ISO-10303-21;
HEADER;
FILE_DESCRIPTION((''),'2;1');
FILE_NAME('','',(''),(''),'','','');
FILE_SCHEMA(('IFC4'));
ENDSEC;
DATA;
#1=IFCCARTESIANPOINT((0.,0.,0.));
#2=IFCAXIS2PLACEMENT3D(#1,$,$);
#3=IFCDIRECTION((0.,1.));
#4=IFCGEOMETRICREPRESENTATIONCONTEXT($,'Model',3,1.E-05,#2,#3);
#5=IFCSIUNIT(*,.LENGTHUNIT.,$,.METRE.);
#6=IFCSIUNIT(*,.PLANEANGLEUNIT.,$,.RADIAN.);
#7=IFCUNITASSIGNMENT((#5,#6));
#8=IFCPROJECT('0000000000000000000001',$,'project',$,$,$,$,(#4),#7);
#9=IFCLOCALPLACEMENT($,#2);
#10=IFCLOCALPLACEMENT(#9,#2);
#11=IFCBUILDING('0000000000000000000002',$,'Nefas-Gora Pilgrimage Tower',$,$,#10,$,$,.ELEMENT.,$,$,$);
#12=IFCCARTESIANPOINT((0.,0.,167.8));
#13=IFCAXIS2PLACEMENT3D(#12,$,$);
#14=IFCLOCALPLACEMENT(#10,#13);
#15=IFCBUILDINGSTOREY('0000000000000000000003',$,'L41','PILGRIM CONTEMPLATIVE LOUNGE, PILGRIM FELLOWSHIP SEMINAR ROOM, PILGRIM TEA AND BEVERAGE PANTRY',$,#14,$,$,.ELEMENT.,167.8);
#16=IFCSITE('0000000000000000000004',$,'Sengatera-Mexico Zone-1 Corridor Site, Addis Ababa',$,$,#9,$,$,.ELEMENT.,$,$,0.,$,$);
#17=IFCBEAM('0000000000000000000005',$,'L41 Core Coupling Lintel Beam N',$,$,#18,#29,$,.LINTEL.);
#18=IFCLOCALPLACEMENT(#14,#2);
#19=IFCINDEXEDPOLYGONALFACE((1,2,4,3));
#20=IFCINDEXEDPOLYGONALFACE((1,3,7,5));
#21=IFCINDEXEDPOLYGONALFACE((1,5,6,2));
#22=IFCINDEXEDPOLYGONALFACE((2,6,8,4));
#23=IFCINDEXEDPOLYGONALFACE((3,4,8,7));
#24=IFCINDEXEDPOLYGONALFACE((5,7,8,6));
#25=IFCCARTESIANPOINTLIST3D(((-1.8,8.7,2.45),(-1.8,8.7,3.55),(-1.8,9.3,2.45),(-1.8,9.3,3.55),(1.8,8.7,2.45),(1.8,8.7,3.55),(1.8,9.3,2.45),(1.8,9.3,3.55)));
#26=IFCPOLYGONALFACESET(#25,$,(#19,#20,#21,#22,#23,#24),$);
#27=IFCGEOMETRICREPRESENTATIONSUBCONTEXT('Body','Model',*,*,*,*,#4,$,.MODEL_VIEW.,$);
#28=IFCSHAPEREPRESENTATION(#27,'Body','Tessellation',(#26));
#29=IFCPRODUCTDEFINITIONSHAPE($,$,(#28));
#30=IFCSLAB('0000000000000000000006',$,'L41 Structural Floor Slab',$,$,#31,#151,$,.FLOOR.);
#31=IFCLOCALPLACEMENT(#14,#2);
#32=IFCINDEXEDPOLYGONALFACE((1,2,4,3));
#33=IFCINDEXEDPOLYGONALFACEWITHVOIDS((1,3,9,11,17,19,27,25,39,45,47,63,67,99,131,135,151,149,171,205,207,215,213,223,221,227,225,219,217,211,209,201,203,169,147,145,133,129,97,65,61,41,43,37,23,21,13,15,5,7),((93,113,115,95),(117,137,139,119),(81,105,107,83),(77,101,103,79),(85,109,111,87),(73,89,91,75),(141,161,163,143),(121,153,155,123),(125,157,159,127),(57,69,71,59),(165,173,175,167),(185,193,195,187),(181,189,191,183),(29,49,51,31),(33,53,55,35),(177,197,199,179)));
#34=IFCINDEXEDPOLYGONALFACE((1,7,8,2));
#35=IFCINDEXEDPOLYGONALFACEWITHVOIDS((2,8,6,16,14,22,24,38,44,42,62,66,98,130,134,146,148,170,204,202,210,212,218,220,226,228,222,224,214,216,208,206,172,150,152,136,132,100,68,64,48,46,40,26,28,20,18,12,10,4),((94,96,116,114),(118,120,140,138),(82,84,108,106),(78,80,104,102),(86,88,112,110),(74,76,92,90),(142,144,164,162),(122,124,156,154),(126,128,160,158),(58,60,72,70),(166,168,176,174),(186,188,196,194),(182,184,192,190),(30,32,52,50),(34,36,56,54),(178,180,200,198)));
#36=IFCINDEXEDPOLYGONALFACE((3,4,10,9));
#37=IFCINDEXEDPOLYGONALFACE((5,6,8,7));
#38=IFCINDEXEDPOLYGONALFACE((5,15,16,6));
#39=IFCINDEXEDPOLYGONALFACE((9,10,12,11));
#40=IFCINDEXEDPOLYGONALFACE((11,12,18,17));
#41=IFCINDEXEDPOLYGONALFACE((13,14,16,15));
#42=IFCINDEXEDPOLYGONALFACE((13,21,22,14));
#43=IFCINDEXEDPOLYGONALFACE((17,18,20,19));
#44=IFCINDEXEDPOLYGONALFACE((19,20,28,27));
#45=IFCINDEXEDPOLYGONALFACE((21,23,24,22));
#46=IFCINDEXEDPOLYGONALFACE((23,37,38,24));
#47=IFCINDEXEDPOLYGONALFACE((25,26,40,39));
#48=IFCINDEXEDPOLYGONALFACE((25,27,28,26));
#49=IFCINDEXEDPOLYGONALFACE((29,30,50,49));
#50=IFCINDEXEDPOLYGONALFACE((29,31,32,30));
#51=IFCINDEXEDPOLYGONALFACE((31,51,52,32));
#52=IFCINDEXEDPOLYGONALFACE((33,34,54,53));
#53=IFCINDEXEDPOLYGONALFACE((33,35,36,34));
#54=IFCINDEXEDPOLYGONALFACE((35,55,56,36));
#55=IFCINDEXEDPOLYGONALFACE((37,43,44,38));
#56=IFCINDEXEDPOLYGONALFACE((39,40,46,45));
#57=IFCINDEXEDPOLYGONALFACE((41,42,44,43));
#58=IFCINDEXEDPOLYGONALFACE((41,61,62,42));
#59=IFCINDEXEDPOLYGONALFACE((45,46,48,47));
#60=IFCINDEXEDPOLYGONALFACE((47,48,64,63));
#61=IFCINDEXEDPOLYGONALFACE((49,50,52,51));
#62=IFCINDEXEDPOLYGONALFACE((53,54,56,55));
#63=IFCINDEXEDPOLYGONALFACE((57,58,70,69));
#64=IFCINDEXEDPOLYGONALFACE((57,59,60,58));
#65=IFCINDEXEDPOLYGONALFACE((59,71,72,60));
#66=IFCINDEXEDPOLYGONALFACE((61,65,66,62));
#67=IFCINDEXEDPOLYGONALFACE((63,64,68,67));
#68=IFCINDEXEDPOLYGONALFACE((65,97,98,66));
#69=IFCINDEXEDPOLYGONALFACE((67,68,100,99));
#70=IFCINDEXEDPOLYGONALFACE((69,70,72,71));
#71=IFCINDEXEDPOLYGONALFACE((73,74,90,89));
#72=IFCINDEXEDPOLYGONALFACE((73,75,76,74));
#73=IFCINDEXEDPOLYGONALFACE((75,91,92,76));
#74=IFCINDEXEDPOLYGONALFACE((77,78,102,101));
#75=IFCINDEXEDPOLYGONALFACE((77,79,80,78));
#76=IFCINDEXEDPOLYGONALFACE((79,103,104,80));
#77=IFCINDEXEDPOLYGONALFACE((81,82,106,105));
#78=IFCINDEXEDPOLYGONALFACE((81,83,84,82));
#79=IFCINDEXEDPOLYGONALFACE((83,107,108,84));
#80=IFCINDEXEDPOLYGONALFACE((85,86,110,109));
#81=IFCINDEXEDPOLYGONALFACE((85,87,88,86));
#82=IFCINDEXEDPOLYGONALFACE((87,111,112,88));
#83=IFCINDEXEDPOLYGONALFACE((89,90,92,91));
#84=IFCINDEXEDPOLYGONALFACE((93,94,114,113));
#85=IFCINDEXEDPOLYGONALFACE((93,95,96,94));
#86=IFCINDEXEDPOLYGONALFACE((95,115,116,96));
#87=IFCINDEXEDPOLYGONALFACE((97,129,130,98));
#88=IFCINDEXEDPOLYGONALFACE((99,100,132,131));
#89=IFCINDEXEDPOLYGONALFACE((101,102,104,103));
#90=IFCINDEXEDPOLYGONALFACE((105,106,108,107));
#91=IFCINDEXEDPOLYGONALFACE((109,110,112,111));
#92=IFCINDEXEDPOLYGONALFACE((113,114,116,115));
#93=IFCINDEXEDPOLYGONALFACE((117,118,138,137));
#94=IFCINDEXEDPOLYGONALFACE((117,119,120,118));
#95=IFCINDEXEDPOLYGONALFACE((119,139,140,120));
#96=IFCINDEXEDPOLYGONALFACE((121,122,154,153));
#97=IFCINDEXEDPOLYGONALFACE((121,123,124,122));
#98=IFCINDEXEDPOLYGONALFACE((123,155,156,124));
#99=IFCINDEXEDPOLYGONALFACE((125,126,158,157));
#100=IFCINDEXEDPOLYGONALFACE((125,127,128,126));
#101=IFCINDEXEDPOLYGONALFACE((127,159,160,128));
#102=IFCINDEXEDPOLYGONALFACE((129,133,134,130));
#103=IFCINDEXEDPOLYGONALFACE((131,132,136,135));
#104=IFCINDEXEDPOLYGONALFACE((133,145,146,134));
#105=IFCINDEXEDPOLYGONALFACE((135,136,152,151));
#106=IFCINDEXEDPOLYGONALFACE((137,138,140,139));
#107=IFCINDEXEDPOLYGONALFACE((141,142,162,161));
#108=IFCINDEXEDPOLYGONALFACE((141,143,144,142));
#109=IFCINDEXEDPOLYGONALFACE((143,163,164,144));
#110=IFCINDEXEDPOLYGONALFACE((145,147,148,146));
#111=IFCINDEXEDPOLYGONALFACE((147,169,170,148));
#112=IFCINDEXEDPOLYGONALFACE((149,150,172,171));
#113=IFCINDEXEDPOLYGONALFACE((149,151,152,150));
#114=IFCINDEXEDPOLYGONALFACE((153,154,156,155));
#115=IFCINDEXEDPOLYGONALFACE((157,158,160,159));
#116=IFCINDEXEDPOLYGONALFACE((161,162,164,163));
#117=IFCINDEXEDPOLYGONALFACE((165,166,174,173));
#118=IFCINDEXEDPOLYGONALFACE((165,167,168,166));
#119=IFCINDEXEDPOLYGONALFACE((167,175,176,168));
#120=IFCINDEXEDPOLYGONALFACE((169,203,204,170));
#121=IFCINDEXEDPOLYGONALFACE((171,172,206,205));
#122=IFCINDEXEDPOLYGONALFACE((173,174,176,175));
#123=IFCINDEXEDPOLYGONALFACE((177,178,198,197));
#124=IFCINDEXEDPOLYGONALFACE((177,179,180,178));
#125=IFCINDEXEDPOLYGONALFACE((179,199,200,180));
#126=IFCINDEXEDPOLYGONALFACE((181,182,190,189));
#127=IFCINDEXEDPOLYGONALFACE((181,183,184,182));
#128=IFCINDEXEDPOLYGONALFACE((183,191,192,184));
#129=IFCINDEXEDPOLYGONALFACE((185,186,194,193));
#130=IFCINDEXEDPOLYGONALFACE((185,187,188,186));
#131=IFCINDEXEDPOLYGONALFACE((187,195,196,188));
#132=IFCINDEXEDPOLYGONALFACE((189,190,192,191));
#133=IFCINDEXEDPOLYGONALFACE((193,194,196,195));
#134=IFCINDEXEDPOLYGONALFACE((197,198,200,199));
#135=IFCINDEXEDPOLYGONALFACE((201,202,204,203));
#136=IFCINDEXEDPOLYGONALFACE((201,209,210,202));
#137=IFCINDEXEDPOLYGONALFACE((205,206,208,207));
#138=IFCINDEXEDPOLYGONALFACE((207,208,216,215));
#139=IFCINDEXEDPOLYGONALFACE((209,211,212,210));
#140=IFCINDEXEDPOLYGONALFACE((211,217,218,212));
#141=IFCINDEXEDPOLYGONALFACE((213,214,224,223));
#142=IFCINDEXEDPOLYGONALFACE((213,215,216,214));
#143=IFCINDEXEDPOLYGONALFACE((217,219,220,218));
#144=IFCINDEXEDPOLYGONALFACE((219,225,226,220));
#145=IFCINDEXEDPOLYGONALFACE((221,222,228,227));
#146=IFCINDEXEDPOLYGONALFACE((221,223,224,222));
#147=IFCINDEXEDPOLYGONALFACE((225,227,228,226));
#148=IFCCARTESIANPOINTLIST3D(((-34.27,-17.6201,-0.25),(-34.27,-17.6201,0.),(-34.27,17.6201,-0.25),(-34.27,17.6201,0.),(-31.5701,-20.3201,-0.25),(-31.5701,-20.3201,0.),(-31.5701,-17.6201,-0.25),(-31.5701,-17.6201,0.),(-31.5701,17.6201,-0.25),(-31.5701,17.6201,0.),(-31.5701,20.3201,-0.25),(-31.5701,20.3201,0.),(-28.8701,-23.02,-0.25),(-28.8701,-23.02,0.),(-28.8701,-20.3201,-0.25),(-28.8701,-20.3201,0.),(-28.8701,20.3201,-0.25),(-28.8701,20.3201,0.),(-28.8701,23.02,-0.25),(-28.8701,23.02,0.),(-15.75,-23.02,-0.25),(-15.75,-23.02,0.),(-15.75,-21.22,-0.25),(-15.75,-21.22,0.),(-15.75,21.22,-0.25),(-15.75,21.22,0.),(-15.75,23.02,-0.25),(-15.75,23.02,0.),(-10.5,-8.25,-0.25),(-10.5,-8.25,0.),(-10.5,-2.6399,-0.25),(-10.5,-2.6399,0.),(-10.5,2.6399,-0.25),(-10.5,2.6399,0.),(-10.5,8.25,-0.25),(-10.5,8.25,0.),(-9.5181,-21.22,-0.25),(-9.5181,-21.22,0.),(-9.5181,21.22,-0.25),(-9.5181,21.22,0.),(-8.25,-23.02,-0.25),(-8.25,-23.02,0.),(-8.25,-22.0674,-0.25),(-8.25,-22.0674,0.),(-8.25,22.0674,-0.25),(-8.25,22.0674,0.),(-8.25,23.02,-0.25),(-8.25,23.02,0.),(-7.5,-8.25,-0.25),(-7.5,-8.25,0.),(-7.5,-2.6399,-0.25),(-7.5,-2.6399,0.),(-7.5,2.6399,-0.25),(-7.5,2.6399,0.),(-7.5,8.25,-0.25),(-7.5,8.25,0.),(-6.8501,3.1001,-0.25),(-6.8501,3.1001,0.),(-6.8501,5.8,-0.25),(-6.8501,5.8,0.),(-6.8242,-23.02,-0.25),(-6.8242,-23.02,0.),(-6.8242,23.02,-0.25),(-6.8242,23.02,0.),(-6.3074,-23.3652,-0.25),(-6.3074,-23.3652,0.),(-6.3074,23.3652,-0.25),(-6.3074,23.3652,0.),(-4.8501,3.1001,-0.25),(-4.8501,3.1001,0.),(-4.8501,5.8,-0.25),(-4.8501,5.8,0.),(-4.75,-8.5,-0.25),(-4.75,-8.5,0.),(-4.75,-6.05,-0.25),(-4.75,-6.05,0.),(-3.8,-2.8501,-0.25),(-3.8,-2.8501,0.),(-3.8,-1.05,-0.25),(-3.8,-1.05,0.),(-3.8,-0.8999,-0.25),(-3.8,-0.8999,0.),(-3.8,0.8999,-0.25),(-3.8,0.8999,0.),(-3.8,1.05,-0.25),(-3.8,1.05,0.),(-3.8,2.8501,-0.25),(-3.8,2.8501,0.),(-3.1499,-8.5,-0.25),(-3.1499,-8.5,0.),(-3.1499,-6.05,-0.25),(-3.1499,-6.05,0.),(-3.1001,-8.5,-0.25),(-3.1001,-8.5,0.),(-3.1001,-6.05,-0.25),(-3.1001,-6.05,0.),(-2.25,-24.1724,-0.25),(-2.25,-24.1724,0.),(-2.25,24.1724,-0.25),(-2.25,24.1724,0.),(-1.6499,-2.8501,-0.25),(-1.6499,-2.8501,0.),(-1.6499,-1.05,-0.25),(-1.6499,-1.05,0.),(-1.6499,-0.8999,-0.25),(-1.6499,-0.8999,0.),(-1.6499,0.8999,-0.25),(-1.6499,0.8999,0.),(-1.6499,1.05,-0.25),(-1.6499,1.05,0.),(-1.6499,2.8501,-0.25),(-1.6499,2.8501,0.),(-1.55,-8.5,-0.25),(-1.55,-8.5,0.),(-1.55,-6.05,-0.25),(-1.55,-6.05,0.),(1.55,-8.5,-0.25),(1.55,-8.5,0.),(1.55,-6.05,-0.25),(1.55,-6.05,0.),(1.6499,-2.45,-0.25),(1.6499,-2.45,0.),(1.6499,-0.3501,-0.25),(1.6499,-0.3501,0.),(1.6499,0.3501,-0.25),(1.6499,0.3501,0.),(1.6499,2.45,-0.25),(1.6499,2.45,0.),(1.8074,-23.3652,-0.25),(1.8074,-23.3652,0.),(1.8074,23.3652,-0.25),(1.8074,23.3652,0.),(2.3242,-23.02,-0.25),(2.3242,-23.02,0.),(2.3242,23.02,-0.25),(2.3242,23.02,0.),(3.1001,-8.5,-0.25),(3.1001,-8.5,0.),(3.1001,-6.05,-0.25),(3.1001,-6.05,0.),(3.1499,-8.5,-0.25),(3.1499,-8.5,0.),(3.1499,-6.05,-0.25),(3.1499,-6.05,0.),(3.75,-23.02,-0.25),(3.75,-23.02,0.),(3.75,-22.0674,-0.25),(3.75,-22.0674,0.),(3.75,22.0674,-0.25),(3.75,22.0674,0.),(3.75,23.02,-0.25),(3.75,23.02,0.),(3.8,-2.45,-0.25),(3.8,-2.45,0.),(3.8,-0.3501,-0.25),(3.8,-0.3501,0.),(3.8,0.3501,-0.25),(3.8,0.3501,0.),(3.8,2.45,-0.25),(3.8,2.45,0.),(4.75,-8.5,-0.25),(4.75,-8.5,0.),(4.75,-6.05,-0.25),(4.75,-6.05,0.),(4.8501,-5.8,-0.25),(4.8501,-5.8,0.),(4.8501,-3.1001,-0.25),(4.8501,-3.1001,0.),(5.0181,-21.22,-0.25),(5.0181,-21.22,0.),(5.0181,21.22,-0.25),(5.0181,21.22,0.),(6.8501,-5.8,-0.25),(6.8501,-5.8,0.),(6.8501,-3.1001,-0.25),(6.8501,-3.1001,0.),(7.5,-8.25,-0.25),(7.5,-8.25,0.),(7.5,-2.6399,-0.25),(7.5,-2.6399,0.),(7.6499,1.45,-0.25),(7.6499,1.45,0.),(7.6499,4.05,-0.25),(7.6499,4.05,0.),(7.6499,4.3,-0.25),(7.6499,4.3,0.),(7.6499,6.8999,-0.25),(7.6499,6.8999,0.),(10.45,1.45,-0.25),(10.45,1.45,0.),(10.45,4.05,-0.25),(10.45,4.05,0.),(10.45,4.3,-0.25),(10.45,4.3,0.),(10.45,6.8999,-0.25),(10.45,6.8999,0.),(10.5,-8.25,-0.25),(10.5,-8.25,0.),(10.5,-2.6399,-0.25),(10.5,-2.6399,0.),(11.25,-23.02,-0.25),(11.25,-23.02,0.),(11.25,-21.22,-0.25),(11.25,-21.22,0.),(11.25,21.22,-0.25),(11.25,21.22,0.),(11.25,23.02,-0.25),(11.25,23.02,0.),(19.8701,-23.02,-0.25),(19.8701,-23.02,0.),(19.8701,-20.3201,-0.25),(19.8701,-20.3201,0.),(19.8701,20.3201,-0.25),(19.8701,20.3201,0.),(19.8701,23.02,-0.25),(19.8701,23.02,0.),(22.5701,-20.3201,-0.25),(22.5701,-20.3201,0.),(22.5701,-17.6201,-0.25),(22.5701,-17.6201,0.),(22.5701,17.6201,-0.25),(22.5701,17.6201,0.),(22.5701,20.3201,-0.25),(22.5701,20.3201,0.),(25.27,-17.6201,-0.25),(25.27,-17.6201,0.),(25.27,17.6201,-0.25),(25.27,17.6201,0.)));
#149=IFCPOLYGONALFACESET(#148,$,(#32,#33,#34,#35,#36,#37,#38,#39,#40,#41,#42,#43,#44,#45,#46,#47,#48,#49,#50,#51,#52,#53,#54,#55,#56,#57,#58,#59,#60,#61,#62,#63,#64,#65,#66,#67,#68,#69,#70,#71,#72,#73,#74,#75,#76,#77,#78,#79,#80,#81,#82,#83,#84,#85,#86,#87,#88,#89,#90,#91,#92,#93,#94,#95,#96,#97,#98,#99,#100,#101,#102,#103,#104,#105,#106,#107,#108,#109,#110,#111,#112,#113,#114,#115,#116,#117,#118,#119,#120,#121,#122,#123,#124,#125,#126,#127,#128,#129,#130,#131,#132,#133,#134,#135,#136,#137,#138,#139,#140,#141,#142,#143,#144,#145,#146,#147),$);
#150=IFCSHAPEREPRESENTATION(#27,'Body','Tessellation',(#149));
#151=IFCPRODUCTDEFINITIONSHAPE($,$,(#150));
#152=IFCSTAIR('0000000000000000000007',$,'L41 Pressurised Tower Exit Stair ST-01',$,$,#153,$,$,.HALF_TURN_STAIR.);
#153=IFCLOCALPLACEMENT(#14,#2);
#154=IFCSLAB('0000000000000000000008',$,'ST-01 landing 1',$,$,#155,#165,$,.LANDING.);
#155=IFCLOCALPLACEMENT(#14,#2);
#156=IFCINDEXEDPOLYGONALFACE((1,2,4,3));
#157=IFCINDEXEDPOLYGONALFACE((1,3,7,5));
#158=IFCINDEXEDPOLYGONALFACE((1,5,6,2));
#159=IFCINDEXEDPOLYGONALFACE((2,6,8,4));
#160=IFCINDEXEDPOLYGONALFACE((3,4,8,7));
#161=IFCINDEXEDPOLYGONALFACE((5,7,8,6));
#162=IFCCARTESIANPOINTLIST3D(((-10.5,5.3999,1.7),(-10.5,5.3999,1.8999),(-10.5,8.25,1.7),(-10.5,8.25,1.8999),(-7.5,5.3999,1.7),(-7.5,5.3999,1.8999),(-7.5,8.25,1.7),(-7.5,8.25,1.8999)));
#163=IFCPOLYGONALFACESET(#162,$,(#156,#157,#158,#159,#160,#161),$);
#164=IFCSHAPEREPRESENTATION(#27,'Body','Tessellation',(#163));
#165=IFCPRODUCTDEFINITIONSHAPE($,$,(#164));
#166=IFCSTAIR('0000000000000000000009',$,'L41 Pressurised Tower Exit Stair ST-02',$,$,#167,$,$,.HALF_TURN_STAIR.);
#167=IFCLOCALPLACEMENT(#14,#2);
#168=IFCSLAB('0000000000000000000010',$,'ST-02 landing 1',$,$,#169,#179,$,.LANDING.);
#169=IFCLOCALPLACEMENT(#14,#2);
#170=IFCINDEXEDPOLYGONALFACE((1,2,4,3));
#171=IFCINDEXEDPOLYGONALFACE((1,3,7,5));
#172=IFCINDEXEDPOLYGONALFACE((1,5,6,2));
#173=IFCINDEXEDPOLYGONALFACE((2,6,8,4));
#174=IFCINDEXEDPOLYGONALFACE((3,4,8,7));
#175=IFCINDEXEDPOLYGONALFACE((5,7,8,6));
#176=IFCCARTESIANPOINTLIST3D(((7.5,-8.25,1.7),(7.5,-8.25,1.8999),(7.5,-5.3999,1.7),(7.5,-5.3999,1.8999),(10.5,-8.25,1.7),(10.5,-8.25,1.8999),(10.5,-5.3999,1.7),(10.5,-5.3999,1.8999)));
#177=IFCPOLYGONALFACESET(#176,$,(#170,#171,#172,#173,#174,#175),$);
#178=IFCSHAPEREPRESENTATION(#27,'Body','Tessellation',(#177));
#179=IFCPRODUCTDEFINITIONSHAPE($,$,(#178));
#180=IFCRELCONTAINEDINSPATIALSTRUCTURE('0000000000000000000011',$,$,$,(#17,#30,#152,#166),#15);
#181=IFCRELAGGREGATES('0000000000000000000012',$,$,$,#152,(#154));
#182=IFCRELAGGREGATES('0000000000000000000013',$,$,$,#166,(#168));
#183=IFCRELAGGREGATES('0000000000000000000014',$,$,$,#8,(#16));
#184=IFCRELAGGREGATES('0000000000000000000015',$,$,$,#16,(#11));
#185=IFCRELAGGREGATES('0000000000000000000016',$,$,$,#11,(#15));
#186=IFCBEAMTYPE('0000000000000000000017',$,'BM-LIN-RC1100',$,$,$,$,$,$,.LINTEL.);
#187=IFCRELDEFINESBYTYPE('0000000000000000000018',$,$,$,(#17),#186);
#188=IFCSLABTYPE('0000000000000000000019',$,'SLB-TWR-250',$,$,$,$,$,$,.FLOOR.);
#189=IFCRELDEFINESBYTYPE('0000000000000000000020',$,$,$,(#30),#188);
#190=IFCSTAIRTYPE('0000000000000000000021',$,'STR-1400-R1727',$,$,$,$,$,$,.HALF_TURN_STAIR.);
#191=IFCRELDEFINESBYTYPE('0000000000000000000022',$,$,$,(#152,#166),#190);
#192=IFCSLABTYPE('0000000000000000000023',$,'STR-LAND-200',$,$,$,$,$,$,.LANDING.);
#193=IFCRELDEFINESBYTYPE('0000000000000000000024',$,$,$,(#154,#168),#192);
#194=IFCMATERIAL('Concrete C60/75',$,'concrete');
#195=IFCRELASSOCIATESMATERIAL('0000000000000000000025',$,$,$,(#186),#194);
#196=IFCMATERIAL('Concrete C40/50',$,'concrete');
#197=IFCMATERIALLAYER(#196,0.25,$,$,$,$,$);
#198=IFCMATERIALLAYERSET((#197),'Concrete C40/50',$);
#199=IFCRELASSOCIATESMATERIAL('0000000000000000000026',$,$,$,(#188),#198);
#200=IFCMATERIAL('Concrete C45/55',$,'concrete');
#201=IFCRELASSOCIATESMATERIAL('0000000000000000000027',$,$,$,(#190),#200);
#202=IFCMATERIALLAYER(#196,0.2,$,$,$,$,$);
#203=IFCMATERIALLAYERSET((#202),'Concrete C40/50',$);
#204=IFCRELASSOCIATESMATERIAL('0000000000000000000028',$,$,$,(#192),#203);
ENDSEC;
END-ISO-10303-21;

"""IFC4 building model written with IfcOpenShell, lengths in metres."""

from ifc_helpers import new_model, si_unit, direction, frame, origin, origin_2d, place, context, subcontext, project, spatial, polyline, rectangle, outline, extrude, source, transform, mapped, material, layer, layer_set, material_profile, profile_set, type_object, element, aggregate, save


model = new_model("IFC4")

# Units and contexts
model_context = context("Model", 3, precision=1e-05, world=origin(), true_north=direction((0.0, 1.0)))
body_context = subcontext(model_context, "Body", "Model", "MODEL_VIEW")
ifc_project = project(units=[si_unit("LENGTHUNIT", "METRE"), si_unit("PLANEANGLEUNIT", "RADIAN")], contexts=[model_context])

# Site, building, storey
site_placement = place(None, origin())
site = spatial("IfcSite", under=ifc_project, at=site_placement, Name="Sengatera-Mexico Zone-1 Corridor Site, Addis Ababa", CompositionType="ELEMENT", RefElevation=0.0)
building_placement = place(site_placement, origin())
building = spatial("IfcBuilding", under=site, at=building_placement, Name="Nefas-Gora Pilgrimage Tower", CompositionType="ELEMENT")
storey_placement = place(building_placement, frame((0.0, 0.0, 167.8)))
storey = spatial("IfcBuildingStorey", under=building, at=storey_placement, Name="L41", Description="PILGRIM CONTEMPLATIVE LOUNGE, PILGRIM FELLOWSHIP SEMINAR ROOM, PILGRIM TEA AND BEVERAGE PANTRY", CompositionType="ELEMENT", Elevation=167.8)

# Beam
ifc_material_1 = material(Name="Concrete C60/75", Category="concrete")
ifc_material_profile = material_profile(ifc_material_1, rectangle(XDim=0.6001, YDim=1.1001, at=origin_2d()), Name="RC 600x1100")
ifc_profile_set = profile_set([ifc_material_profile], Name="Concrete C60/75")
beam_type = type_object("IfcBeamType", Name="BM-LIN-RC1100", PredefinedType="LINTEL", material=ifc_profile_set)
shared_shape_1 = source(origin(), body_context, "Body", "SweptSolid", [
    extrude(rectangle(XDim=0.6001, YDim=1.1001, at=origin_2d()), origin(), (0.0, 0.0, 1.0), 3.6001),
])
beam_placement = place(storey_placement, frame((-1.8, 9.0, 3.0), z_axis=(1.0, 0.0, 0.0), x_axis=(0.0, 1.0, 0.0)))
element("IfcBeam", 1, at=beam_placement, inside=storey, type_object=beam_type, Name="L41 Core Coupling Lintel Beam N", PredefinedType="LINTEL", context=body_context, shape_type="MappedRepresentation", body=[
    mapped(shared_shape_1, transform((0.0, 0.0, 0.0), x_axis=(1.0, 0.0, 0.0), y_axis=(0.0, 1.0, 0.0), z_axis=(0.0, 0.0, 1.0), scale=1.0)),
])

# Slab
ifc_material_2 = material(Name="Concrete C40/50", Category="concrete")
ifc_layer_1 = layer(ifc_material_2, 0.25)
ifc_layer_set_1 = layer_set([ifc_layer_1], Name="Concrete C40/50")
slab_type_1 = type_object("IfcSlabType", Name="SLB-TWR-250", PredefinedType="FLOOR", material=ifc_layer_set_1)
slab_1_placement = place(storey_placement, frame((0.0, 0.0, -0.25)))
element("IfcSlab", 2, at=slab_1_placement, inside=storey, type_object=slab_type_1, Name="L41 Structural Floor Slab", PredefinedType="FLOOR", context=body_context, shape_type="SweptSolid", body=[
    extrude(outline(polyline([(5.0181, -21.22), (11.25, -21.22), (11.25, -23.02), (19.8701, -23.02), (19.8701, -20.3201), (22.5701, -20.3201), (22.5701, -17.6201), (25.27, -17.6201), (25.27, 17.6201), (22.5701, 17.6201), (22.5701, 20.3201), (19.8701, 20.3201), (19.8701, 23.02), (11.25, 23.02), (11.25, 21.22), (5.0181, 21.22), (3.75, 22.0674), (3.75, 23.02), (2.3242, 23.02), (1.8074, 23.3652), (-2.25, 24.1724), (-6.3074, 23.3652), (-6.8242, 23.02), (-8.25, 23.02), (-8.25, 22.0674), (-9.5181, 21.22), (-15.75, 21.22), (-15.75, 23.02), (-28.8701, 23.02), (-28.8701, 20.3201), (-31.5701, 20.3201), (-31.5701, 17.6201), (-34.27, 17.6201), (-34.27, -17.6201), (-31.5701, -17.6201), (-31.5701, -20.3201), (-28.8701, -20.3201), (-28.8701, -23.02), (-15.75, -23.02), (-15.75, -21.22), (-9.5181, -21.22), (-8.25, -22.0674), (-8.25, -23.02), (-6.8242, -23.02), (-6.3074, -23.3652), (-2.25, -24.1724), (1.8074, -23.3652), (2.3242, -23.02), (3.75, -23.02), (3.75, -22.0674), (5.0181, -21.22)]), holes=[polyline([(-10.5, 2.6399), (-10.5, 8.25), (-7.5, 8.25), (-7.5, 2.6399), (-10.5, 2.6399)]), polyline([(10.5, -2.6399), (10.5, -8.25), (7.5, -8.25), (7.5, -2.6399), (10.5, -2.6399)]), polyline([(-7.5, -2.6399), (-7.5, -8.25), (-10.5, -8.25), (-10.5, -2.6399), (-7.5, -2.6399)]), polyline([(-6.8501, 5.8), (-4.8501, 5.8), (-4.8501, 3.1001), (-6.8501, 3.1001), (-6.8501, 5.8)]), polyline([(4.8501, -3.1001), (6.8501, -3.1001), (6.8501, -5.8), (4.8501, -5.8), (4.8501, -3.1001)]), polyline([(7.6499, 4.05), (10.45, 4.05), (10.45, 1.45), (7.6499, 1.45), (7.6499, 4.05)]), polyline([(7.6499, 6.8999), (10.45, 6.8999), (10.45, 4.3), (7.6499, 4.3), (7.6499, 6.8999)]), polyline([(-4.75, -6.05), (-3.1499, -6.05), (-3.1499, -8.5), (-4.75, -8.5), (-4.75, -6.05)]), polyline([(-3.1001, -6.05), (-1.55, -6.05), (-1.55, -8.5), (-3.1001, -8.5), (-3.1001, -6.05)]), polyline([(1.55, -6.05), (3.1001, -6.05), (3.1001, -8.5), (1.55, -8.5), (1.55, -6.05)]), polyline([(3.1499, -6.05), (4.75, -6.05), (4.75, -8.5), (3.1499, -8.5), (3.1499, -6.05)]), polyline([(-3.8, -1.05), (-1.6499, -1.05), (-1.6499, -2.8501), (-3.8, -2.8501), (-3.8, -1.05)]), polyline([(-3.8, 0.8999), (-1.6499, 0.8999), (-1.6499, -0.8999), (-3.8, -0.8999), (-3.8, 0.8999)]), polyline([(-3.8, 2.8501), (-1.6499, 2.8501), (-1.6499, 1.05), (-3.8, 1.05), (-3.8, 2.8501)]), polyline([(1.6499, -0.3501), (3.8, -0.3501), (3.8, -2.45), (1.6499, -2.45), (1.6499, -0.3501)]), polyline([(1.6499, 2.45), (3.8, 2.45), (3.8, 0.3501), (1.6499, 0.3501), (1.6499, 2.45)])]), origin(), (0.0, 0.0, 1.0), 0.25),
])

# Stairs, slabs
ifc_material_3 = material(Name="Concrete C45/55", Category="concrete")
stair_type = type_object("IfcStairType", Name="STR-1400-R1727", PredefinedType="HALF_TURN_STAIR", material=ifc_material_3)
stair_1_placement = place(storey_placement, origin())
stair_1 = element("IfcStair", 3, at=stair_1_placement, inside=storey, type_object=stair_type, Name="L41 Pressurised Tower Exit Stair ST-01", PredefinedType="HALF_TURN_STAIR")
ifc_layer_2 = layer(ifc_material_2, 0.2)
ifc_layer_set_2 = layer_set([ifc_layer_2], Name="Concrete C40/50")
slab_type_2 = type_object("IfcSlabType", Name="STR-LAND-200", PredefinedType="LANDING", material=ifc_layer_set_2)
slab_2_placement = place(storey_placement, frame((0.0, 0.0, 1.7)))
slab_2 = element("IfcSlab", 4, at=slab_2_placement, type_object=slab_type_2, Name="ST-01 landing 1", PredefinedType="LANDING", context=body_context, shape_type="SweptSolid", body=[
    extrude(outline(polyline([(-7.5, 5.3999), (-7.5, 8.25), (-10.5, 8.25), (-10.5, 5.3999), (-7.5, 5.3999)])), origin(), (0.0, 0.0, 1.0), 0.2),
])
aggregate(stair_1, [slab_2])
stair_2_placement = place(storey_placement, origin())
stair_2 = element("IfcStair", 5, at=stair_2_placement, inside=storey, type_object=stair_type, Name="L41 Pressurised Tower Exit Stair ST-02", PredefinedType="HALF_TURN_STAIR")
slab_3_placement = place(storey_placement, frame((0.0, 0.0, 1.7)))
slab_3 = element("IfcSlab", 6, at=slab_3_placement, type_object=slab_type_2, Name="ST-02 landing 1", PredefinedType="LANDING", context=body_context, shape_type="SweptSolid", body=[
    extrude(outline(polyline([(7.5, -5.3999), (7.5, -8.25), (10.5, -8.25), (10.5, -5.3999), (7.5, -5.3999)])), origin(), (0.0, 0.0, 1.0), 0.2),
])
aggregate(stair_2, [slab_3])

save(model, "model.ifc")
